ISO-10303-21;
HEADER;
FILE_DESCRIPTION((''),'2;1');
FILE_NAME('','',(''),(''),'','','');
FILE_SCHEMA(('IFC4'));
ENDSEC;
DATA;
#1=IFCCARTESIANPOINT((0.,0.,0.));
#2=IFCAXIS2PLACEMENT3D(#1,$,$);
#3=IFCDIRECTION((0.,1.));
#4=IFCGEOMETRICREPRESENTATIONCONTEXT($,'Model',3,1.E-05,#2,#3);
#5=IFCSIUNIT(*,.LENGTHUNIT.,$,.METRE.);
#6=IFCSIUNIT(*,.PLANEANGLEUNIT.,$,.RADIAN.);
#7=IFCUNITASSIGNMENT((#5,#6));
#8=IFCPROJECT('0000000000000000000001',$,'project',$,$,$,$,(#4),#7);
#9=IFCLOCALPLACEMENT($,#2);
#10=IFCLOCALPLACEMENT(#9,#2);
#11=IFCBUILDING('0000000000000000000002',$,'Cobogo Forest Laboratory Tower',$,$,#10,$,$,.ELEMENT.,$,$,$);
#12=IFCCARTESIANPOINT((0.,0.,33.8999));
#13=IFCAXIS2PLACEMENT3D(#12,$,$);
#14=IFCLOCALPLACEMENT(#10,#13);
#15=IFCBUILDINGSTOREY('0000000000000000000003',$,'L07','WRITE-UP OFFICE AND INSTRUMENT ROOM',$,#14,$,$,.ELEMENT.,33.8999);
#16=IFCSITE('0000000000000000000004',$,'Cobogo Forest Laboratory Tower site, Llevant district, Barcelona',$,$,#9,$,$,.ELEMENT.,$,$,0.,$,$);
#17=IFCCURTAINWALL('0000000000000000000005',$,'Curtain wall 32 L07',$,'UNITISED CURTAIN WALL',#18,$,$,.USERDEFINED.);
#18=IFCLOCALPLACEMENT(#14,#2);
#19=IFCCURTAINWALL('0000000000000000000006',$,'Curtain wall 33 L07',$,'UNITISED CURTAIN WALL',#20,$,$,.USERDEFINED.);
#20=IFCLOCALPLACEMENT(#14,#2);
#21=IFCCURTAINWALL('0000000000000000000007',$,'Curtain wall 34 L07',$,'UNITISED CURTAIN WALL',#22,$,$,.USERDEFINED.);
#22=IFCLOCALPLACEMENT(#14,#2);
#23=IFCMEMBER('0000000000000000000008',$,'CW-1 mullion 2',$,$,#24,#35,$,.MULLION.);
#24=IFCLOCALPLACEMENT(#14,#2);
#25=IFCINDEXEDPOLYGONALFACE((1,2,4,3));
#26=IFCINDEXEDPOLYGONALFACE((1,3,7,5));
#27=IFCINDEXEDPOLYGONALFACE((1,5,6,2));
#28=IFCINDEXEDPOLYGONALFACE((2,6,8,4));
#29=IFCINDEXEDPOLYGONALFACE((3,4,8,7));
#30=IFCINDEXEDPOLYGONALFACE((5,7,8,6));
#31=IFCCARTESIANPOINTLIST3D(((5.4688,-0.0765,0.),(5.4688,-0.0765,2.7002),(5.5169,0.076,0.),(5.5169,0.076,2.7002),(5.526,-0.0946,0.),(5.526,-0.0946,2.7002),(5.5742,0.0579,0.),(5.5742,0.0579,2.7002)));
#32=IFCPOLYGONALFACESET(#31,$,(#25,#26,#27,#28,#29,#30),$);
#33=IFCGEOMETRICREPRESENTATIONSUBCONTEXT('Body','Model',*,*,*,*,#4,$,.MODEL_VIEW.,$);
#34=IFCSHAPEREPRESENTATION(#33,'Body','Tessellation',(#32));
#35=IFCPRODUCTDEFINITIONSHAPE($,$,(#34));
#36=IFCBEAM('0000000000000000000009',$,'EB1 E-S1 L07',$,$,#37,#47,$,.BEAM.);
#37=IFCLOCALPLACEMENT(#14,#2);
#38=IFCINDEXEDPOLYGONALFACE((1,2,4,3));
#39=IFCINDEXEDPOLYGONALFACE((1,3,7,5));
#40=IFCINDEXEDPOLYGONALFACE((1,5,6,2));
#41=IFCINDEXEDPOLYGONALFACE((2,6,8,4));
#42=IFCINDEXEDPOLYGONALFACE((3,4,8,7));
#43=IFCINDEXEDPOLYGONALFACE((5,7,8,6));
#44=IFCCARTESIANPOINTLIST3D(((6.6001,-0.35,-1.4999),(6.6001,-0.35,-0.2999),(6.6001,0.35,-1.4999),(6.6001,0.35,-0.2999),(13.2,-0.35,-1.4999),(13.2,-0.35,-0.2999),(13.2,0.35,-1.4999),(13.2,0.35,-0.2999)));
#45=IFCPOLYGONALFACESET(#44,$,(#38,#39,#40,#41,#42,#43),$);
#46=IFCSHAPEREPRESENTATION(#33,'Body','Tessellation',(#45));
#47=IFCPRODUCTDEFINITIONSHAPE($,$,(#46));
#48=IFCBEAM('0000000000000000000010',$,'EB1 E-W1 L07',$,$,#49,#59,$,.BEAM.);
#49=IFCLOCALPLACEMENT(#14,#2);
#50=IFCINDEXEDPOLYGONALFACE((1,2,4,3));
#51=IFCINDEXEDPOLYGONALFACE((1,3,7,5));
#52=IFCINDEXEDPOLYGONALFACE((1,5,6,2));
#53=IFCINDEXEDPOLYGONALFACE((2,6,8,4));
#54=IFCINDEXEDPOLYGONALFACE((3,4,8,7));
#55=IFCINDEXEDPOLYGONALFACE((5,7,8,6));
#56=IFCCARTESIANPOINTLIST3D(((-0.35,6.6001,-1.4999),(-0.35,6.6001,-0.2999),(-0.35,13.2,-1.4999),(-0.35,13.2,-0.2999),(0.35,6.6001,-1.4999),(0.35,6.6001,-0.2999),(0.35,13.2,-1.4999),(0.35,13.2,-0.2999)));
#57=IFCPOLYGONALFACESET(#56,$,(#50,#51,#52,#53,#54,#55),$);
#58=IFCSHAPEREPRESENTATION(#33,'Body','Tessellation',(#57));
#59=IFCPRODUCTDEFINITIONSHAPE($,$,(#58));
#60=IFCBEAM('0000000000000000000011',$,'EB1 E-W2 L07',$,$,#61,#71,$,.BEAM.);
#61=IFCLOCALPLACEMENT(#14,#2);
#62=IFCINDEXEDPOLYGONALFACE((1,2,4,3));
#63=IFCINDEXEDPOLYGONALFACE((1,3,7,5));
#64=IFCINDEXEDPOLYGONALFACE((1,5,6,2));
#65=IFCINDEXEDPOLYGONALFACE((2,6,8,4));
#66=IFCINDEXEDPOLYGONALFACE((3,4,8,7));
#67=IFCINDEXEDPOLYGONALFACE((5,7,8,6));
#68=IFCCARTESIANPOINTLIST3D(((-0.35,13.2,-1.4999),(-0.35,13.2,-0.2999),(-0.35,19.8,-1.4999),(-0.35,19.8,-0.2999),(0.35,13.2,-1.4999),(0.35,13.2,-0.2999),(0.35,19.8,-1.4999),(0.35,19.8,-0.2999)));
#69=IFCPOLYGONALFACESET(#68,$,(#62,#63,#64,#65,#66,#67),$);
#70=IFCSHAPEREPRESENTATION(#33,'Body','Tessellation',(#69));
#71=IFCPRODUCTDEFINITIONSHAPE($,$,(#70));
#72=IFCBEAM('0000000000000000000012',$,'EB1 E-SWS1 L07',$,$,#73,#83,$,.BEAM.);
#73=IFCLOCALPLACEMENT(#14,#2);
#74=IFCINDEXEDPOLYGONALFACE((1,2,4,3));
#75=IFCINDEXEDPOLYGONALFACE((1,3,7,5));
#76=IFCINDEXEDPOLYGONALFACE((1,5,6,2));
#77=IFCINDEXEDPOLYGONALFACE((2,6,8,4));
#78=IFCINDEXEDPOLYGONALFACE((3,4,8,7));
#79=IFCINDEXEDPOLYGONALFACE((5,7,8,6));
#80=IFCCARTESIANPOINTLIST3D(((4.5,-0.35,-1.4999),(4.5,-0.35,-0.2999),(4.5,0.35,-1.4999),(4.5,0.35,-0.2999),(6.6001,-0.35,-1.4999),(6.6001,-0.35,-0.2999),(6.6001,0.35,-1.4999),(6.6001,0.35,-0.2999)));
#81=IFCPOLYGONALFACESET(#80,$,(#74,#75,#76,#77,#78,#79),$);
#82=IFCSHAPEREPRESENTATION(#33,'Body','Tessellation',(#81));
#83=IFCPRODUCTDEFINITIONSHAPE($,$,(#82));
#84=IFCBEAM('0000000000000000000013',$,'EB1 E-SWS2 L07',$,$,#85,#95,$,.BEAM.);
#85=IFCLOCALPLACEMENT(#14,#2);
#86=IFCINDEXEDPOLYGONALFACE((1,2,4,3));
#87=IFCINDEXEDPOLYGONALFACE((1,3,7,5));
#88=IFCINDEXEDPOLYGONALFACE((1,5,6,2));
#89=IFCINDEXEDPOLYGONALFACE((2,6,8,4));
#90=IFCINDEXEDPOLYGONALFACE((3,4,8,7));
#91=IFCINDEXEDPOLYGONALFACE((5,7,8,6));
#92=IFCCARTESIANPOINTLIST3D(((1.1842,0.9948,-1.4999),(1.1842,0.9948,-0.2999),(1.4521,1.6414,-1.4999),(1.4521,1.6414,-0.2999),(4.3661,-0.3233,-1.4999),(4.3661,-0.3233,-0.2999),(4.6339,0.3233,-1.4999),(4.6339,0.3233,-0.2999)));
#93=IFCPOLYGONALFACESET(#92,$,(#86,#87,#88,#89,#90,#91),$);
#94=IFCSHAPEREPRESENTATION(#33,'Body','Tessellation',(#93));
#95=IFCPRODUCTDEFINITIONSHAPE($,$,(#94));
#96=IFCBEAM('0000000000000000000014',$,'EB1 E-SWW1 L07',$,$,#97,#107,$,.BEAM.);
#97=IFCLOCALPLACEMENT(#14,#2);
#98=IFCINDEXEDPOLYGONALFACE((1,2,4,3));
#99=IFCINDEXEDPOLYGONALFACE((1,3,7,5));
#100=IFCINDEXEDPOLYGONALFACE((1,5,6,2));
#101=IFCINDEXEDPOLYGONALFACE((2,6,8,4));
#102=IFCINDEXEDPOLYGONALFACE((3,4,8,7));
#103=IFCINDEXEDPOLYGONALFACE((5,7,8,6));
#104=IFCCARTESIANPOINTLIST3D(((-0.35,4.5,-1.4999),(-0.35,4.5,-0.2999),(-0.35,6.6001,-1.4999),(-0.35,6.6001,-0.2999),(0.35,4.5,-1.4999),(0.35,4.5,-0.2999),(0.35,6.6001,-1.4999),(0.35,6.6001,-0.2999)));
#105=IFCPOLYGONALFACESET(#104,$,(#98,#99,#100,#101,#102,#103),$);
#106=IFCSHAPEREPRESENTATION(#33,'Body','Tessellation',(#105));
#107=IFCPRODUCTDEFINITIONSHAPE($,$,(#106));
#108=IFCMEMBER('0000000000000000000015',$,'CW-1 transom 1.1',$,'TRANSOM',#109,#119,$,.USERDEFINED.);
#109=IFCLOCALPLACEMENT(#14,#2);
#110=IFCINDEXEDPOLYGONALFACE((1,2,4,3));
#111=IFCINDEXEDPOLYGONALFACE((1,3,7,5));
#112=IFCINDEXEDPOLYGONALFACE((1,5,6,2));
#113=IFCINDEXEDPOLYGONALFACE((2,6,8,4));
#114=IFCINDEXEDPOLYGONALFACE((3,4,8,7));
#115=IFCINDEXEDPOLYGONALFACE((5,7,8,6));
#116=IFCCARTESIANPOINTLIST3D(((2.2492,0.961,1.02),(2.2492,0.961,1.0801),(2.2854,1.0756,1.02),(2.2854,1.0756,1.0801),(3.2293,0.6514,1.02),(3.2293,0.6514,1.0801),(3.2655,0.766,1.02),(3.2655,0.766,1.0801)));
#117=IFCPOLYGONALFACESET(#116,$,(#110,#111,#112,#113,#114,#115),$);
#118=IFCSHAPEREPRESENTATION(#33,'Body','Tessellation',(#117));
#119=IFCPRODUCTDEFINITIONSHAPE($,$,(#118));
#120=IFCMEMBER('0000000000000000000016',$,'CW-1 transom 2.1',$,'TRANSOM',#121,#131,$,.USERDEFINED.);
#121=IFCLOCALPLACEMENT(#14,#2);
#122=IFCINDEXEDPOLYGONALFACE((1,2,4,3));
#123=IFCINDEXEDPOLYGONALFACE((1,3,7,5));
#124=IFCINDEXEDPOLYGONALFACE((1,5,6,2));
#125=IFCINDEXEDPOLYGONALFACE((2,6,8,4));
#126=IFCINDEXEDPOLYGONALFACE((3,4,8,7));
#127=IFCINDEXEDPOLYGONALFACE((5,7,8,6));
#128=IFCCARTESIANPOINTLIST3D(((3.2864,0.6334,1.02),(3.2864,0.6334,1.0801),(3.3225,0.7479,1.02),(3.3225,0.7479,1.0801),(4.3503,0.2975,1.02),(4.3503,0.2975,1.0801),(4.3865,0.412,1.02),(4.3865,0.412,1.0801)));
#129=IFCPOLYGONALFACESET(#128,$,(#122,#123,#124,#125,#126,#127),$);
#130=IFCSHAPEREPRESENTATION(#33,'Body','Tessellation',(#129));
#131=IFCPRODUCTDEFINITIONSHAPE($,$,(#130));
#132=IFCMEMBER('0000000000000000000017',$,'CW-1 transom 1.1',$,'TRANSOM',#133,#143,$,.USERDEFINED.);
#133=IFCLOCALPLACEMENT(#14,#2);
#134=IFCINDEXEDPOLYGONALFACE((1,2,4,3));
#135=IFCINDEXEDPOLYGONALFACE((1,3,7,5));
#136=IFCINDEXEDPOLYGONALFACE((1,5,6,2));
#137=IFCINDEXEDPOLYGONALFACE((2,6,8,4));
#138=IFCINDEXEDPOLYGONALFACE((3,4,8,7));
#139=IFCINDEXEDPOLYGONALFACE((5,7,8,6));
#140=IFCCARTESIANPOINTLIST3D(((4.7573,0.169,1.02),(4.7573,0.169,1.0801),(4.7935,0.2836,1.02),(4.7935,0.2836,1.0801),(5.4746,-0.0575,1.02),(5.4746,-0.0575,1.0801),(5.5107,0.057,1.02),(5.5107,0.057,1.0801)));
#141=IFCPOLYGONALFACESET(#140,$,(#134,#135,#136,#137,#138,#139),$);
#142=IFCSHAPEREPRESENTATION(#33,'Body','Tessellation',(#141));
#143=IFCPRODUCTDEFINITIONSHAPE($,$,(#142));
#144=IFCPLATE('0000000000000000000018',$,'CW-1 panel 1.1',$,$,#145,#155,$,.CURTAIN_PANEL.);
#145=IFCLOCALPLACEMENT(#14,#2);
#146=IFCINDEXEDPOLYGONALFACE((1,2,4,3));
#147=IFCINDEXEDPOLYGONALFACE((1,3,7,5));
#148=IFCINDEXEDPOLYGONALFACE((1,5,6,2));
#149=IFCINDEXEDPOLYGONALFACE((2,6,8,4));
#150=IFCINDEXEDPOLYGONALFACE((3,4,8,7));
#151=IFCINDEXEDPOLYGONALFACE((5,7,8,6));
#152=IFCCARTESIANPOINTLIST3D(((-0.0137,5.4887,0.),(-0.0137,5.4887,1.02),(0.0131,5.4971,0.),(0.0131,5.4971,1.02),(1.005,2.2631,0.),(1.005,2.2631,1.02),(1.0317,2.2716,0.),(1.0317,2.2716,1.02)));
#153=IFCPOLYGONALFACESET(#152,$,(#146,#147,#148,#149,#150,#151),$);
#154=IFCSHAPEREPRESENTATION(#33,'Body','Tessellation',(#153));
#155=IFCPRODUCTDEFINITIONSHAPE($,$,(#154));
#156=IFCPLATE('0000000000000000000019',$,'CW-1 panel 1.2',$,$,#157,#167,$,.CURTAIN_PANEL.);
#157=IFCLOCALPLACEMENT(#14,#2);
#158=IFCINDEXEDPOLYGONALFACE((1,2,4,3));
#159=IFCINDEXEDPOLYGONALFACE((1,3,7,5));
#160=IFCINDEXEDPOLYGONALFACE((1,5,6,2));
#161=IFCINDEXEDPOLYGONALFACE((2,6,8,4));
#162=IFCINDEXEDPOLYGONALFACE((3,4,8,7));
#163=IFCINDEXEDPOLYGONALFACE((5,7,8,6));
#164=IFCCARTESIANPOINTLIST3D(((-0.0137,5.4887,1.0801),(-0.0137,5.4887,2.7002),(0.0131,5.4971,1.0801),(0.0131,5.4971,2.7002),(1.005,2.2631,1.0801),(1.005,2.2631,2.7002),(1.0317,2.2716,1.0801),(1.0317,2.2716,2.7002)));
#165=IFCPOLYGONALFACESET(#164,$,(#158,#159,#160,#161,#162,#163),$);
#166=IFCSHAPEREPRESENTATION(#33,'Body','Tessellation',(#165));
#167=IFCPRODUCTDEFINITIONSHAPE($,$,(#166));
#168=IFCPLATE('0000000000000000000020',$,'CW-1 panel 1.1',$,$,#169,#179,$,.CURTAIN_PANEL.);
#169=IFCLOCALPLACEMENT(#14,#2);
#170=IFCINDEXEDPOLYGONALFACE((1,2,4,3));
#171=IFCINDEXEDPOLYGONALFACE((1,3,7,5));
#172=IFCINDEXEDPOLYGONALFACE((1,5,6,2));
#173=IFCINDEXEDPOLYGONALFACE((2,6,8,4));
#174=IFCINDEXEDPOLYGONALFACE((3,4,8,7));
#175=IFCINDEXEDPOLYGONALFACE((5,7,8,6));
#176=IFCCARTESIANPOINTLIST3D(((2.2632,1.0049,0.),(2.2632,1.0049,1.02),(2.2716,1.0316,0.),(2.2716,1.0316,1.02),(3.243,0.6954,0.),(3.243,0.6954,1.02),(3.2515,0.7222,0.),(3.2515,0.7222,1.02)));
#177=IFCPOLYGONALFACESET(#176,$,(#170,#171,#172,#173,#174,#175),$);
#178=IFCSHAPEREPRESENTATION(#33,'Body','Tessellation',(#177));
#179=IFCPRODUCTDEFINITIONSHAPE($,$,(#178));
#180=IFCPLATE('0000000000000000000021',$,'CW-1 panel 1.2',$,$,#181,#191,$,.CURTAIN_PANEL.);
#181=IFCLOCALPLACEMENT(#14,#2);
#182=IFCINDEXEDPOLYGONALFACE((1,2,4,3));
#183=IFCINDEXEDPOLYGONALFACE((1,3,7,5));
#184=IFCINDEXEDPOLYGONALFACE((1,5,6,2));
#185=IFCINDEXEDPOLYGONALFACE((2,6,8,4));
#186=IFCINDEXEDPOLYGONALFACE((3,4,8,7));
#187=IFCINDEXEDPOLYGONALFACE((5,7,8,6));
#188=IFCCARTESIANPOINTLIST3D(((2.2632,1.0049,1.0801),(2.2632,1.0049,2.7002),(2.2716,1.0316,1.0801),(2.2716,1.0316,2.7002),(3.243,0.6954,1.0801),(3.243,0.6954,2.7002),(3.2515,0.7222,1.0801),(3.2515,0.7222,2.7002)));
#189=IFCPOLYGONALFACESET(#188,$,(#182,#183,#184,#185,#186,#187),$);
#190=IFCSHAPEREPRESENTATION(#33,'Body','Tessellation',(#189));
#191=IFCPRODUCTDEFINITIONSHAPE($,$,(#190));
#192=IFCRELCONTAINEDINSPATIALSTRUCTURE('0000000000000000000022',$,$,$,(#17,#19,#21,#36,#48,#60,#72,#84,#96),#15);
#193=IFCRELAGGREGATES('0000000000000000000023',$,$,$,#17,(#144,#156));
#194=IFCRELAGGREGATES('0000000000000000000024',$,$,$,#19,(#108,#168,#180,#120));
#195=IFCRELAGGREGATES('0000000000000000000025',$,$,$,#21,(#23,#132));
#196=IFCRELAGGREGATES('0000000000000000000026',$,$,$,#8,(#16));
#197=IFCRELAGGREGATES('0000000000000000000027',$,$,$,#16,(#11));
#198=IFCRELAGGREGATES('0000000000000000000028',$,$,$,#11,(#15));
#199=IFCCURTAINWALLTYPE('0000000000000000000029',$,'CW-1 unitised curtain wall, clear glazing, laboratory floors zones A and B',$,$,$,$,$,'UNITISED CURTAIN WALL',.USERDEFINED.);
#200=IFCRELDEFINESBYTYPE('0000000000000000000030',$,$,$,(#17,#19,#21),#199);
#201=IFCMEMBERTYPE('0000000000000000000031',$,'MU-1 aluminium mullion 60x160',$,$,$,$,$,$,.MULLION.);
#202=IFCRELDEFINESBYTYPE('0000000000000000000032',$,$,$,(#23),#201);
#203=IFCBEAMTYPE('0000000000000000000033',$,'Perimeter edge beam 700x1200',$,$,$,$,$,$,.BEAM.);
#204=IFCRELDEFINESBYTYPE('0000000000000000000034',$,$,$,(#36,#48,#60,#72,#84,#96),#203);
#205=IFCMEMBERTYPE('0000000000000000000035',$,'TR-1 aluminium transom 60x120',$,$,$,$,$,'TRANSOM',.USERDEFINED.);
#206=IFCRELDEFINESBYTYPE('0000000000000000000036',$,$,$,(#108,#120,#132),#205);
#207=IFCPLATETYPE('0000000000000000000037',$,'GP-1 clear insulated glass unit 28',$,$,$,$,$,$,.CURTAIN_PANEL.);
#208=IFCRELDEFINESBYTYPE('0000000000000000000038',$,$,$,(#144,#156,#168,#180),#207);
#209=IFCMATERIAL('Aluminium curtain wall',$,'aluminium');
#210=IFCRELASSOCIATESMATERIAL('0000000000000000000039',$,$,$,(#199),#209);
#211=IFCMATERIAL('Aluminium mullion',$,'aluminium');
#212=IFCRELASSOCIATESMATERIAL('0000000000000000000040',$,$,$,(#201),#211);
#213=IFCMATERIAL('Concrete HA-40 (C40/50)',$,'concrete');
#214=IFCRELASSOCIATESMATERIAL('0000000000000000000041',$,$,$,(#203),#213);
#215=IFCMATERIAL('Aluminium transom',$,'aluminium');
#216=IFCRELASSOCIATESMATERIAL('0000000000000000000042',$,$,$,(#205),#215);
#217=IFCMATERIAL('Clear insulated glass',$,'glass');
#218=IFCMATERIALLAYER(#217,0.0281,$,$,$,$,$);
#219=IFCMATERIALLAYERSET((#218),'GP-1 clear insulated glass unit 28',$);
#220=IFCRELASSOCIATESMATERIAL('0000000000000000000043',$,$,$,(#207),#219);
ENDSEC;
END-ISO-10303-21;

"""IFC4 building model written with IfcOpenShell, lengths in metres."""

from ifc_helpers import new_model, si_unit, direction, frame, origin, origin_2d, place, context, subcontext, project, spatial, rectangle, extrude, material, layer, layer_set, material_profile, profile_set, type_object, element, aggregate, save


model = new_model("IFC4")

# Units and contexts
model_context = context("Model", 3, precision=1e-05, world=origin(), true_north=direction((0.0, 1.0)))
body_context = subcontext(model_context, "Body", "Model", "MODEL_VIEW")
ifc_project = project(units=[si_unit("LENGTHUNIT", "METRE"), si_unit("PLANEANGLEUNIT", "RADIAN")], contexts=[model_context])

# Site, building, storey
site_placement = place(None, origin())
site = spatial("IfcSite", under=ifc_project, at=site_placement, Name="Cobogo Forest Laboratory Tower site, Llevant district, Barcelona", CompositionType="ELEMENT", RefElevation=0.0)
building_placement = place(site_placement, origin())
building = spatial("IfcBuilding", under=site, at=building_placement, Name="Cobogo Forest Laboratory Tower", CompositionType="ELEMENT")
storey_placement = place(building_placement, frame((0.0, 0.0, 33.8999)))
storey = spatial("IfcBuildingStorey", under=building, at=storey_placement, Name="L07", Description="WRITE-UP OFFICE AND INSTRUMENT ROOM", CompositionType="ELEMENT", Elevation=33.8999)

# Shared definitions
ifc_material_1 = material(Name="Concrete HA-40 (C40/50)", Category="concrete")

# Curtain wall
ifc_material_2 = material(Name="Aluminium curtain wall", Category="aluminium")
curtain_wall_type = type_object("IfcCurtainWallType", Name="CW-1 unitised curtain wall, clear glazing, laboratory floors zones A and B", ElementType="UNITISED CURTAIN WALL", PredefinedType="USERDEFINED", material=ifc_material_2)
curtain_wall_1_placement = place(storey_placement, origin())
curtain_wall_1 = element("IfcCurtainWall", 1, at=curtain_wall_1_placement, inside=storey, type_object=curtain_wall_type, Name="Curtain wall 32 L07", ObjectType="UNITISED CURTAIN WALL", PredefinedType="USERDEFINED")
ifc_material_3 = material(Name="Aluminium mullion", Category="aluminium")
ifc_material_profile_1 = material_profile(ifc_material_3, rectangle(XDim=0.0601, YDim=0.1599, at=origin_2d()), Name="AL 60x160")
ifc_profile_set_1 = profile_set([ifc_material_profile_1], Name="Aluminium mullion")
member_type_1 = type_object("IfcMemberType", Name="MU-1 aluminium mullion 60x160", PredefinedType="MULLION", material=ifc_profile_set_1)

# Curtain walls, member
curtain_wall_2_placement = place(storey_placement, origin())
curtain_wall_2 = element("IfcCurtainWall", 2, at=curtain_wall_2_placement, inside=storey, type_object=curtain_wall_type, Name="Curtain wall 33 L07", ObjectType="UNITISED CURTAIN WALL", PredefinedType="USERDEFINED")
curtain_wall_3_placement = place(storey_placement, origin())
curtain_wall_3 = element("IfcCurtainWall", 3, at=curtain_wall_3_placement, inside=storey, type_object=curtain_wall_type, Name="Curtain wall 34 L07", ObjectType="UNITISED CURTAIN WALL", PredefinedType="USERDEFINED")
member_1_placement = place(storey_placement, frame((5.5215, -0.0093, 0.0), z_axis=(0.0, 0.0, 1.0), x_axis=(0.953582, -0.301135, 0.0)))
member_1 = element("IfcMember", 4, at=member_1_placement, type_object=member_type_1, Name="CW-1 mullion 2", PredefinedType="MULLION", context=body_context, shape_type="SweptSolid", body=[
    extrude(rectangle(XDim=0.0601, YDim=0.1599, at=origin_2d()), origin(), (0.0, 0.0, 1.0), 2.7002),
])

# Beams
ifc_material_profile_2 = material_profile(ifc_material_1, rectangle(XDim=0.7, YDim=1.2, at=origin_2d()), Name="RC 700x1200")
ifc_profile_set_2 = profile_set([ifc_material_profile_2], Name="Concrete HA-40 (C40/50)")
beam_type_1 = type_object("IfcBeamType", Name="Perimeter edge beam 700x1200", PredefinedType="BEAM", material=ifc_profile_set_2)
for number, where, z_axis, x_axis, name in (
    (5, (6.6001, 0.0, -0.8999), (1.0, 0.0, 0.0), (0.0, 1.0, 0.0), "EB1 E-S1 L07"),
    (6, (0.0, 6.6001, -0.8999), (0.0, 1.0, 0.0), (-1.0, 0.0, 0.0), "EB1 E-W1 L07"),
):
    element("IfcBeam", number, at=place(storey_placement, frame(where, z_axis=z_axis, x_axis=x_axis)), inside=storey, type_object=beam_type_1, Name=name, PredefinedType="BEAM", context=body_context, shape_type="SweptSolid", body=[
        extrude(rectangle(XDim=0.7, YDim=1.2, at=origin_2d()), origin(), (0.0, 0.0, 1.0), 6.5999),
    ])
beam_1_placement = place(storey_placement, frame((0.0, 13.2, -0.8999), z_axis=(0.0, 1.0, 0.0), x_axis=(-1.0, 0.0, 0.0)))
element("IfcBeam", 7, at=beam_1_placement, inside=storey, type_object=beam_type_1, Name="EB1 E-W2 L07", PredefinedType="BEAM", context=body_context, shape_type="SweptSolid", body=[
    extrude(rectangle(XDim=0.7, YDim=1.2, at=origin_2d()), origin(), (0.0, 0.0, 1.0), 6.6001),
])
beam_2_placement = place(storey_placement, frame((6.6001, 0.0, -0.8999), z_axis=(-1.0, 0.0, 0.0), x_axis=(0.0, -1.0, 0.0)))
element("IfcBeam", 8, at=beam_2_placement, inside=storey, type_object=beam_type_1, Name="EB1 E-SWS1 L07", PredefinedType="BEAM", context=body_context, shape_type="SweptSolid", body=[
    extrude(rectangle(XDim=0.7, YDim=1.2, at=origin_2d()), origin(), (0.0, 0.0, 1.0), 2.1001),
])
beam_3_placement = place(storey_placement, frame((4.5, 0.0, -0.8999), z_axis=(-0.923866, 0.382717, 0.0), x_axis=(-0.382717, -0.923866, 0.0)))
element("IfcBeam", 9, at=beam_3_placement, inside=storey, type_object=beam_type_1, Name="EB1 E-SWS2 L07", PredefinedType="BEAM", context=body_context, shape_type="SweptSolid", body=[
    extrude(rectangle(XDim=0.7, YDim=1.2, at=origin_2d()), origin(), (0.0, 0.0, 1.0), 3.4441),
])
beam_4_placement = place(storey_placement, frame((0.0, 6.6001, -0.8999), z_axis=(0.0, -1.0, 0.0), x_axis=(1.0, 0.0, 0.0)))
element("IfcBeam", 10, at=beam_4_placement, inside=storey, type_object=beam_type_1, Name="EB1 E-SWW1 L07", PredefinedType="BEAM", context=body_context, shape_type="SweptSolid", body=[
    extrude(rectangle(XDim=0.7, YDim=1.2, at=origin_2d()), origin(), (0.0, 0.0, 1.0), 2.1001),
])

# Members
ifc_material_4 = material(Name="Aluminium transom", Category="aluminium")
ifc_material_profile_3 = material_profile(ifc_material_4, rectangle(XDim=0.1201, YDim=0.0601, at=origin_2d()), Name="AL 60x120")
ifc_profile_set_3 = profile_set([ifc_material_profile_3], Name="Aluminium transom")
member_type_2 = type_object("IfcMemberType", Name="TR-1 aluminium transom 60x120", ElementType="TRANSOM", PredefinedType="USERDEFINED", material=ifc_profile_set_3)
member_2_placement = place(storey_placement, frame((2.2673, 1.0183, 1.05), z_axis=(0.953554, -0.301222, 0.0), x_axis=(0.301222, 0.953554, 0.0)))
member_2 = element("IfcMember", 11, at=member_2_placement, type_object=member_type_2, Name="CW-1 transom 1.1", ObjectType="TRANSOM", PredefinedType="USERDEFINED", context=body_context, shape_type="SweptSolid", body=[
    extrude(rectangle(XDim=0.1201, YDim=0.0601, at=origin_2d()), origin(), (0.0, 0.0, 1.0), 1.0278),
])
member_3_placement = place(storey_placement, frame((3.3044, 0.6907, 1.05), z_axis=(0.953596, -0.301089, 0.0), x_axis=(0.301089, 0.953596, 0.0)))
member_3 = element("IfcMember", 12, at=member_3_placement, type_object=member_type_2, Name="CW-1 transom 2.1", ObjectType="TRANSOM", PredefinedType="USERDEFINED", context=body_context, shape_type="SweptSolid", body=[
    extrude(rectangle(XDim=0.1201, YDim=0.0601, at=origin_2d()), origin(), (0.0, 0.0, 1.0), 1.1157),
])
member_4_placement = place(storey_placement, frame((4.7754, 0.2263, 1.05), z_axis=(0.953563, -0.301194, 0.0), x_axis=(0.301194, 0.953563, 0.0)))
member_4 = element("IfcMember", 13, at=member_4_placement, type_object=member_type_2, Name="CW-1 transom 1.1", ObjectType="TRANSOM", PredefinedType="USERDEFINED", context=body_context, shape_type="SweptSolid", body=[
    extrude(rectangle(XDim=0.1201, YDim=0.0601, at=origin_2d()), origin(), (0.0, 0.0, 1.0), 0.7522),
])

# Plates
ifc_material_5 = material(Name="Clear insulated glass", Category="glass")
ifc_layer_1 = layer(ifc_material_5, 0.0281)
ifc_layer_set_1 = layer_set([ifc_layer_1], Name="GP-1 clear insulated glass unit 28")
plate_type = type_object("IfcPlateType", Name="GP-1 clear insulated glass unit 28", PredefinedType="CURTAIN_PANEL", material=ifc_layer_set_1)
plate_1_placement = place(storey_placement, frame((0.509, 3.8801, 0.0), z_axis=(0.0, 0.0, 1.0), x_axis=(0.301135, -0.953581, 0.0)))
plate_1 = element("IfcPlate", 14, at=plate_1_placement, type_object=plate_type, Name="CW-1 panel 1.1", PredefinedType="CURTAIN_PANEL", context=body_context, shape_type="SweptSolid", body=[
    extrude(rectangle(XDim=3.3826, YDim=0.0281, at=origin_2d()), origin(), (0.0, 0.0, 1.0), 1.02),
])
plate_2_placement = place(storey_placement, frame((0.509, 3.8801, 1.0801), z_axis=(0.0, 0.0, 1.0), x_axis=(0.301135, -0.953581, 0.0)))
plate_2 = element("IfcPlate", 15, at=plate_2_placement, type_object=plate_type, Name="CW-1 panel 1.2", PredefinedType="CURTAIN_PANEL", context=body_context, shape_type="SweptSolid", body=[
    extrude(rectangle(XDim=3.3826, YDim=0.0281, at=origin_2d()), origin(), (0.0, 0.0, 1.0), 1.6201),
])
aggregate(curtain_wall_1, [plate_1, plate_2])
plate_3_placement = place(storey_placement, frame((2.7573, 0.8635, 0.0), z_axis=(0.0, 0.0, 1.0), x_axis=(0.953581, -0.301135, 0.0)))
plate_3 = element("IfcPlate", 16, at=plate_3_placement, type_object=plate_type, Name="CW-1 panel 1.1", PredefinedType="CURTAIN_PANEL", context=body_context, shape_type="SweptSolid", body=[
    extrude(rectangle(XDim=1.0276, YDim=0.0281, at=origin_2d()), origin(), (0.0, 0.0, 1.0), 1.02),
])
plate_4_placement = place(storey_placement, frame((2.7573, 0.8635, 1.0801), z_axis=(0.0, 0.0, 1.0), x_axis=(0.953581, -0.301135, 0.0)))
plate_4 = element("IfcPlate", 17, at=plate_4_placement, type_object=plate_type, Name="CW-1 panel 1.2", PredefinedType="CURTAIN_PANEL", context=body_context, shape_type="SweptSolid", body=[
    extrude(rectangle(XDim=1.0276, YDim=0.0281, at=origin_2d()), origin(), (0.0, 0.0, 1.0), 1.6201),
])
aggregate(curtain_wall_2, [member_2, plate_3, plate_4, member_3])
aggregate(curtain_wall_3, [member_1, member_4])

save(model, "model.ifc")
